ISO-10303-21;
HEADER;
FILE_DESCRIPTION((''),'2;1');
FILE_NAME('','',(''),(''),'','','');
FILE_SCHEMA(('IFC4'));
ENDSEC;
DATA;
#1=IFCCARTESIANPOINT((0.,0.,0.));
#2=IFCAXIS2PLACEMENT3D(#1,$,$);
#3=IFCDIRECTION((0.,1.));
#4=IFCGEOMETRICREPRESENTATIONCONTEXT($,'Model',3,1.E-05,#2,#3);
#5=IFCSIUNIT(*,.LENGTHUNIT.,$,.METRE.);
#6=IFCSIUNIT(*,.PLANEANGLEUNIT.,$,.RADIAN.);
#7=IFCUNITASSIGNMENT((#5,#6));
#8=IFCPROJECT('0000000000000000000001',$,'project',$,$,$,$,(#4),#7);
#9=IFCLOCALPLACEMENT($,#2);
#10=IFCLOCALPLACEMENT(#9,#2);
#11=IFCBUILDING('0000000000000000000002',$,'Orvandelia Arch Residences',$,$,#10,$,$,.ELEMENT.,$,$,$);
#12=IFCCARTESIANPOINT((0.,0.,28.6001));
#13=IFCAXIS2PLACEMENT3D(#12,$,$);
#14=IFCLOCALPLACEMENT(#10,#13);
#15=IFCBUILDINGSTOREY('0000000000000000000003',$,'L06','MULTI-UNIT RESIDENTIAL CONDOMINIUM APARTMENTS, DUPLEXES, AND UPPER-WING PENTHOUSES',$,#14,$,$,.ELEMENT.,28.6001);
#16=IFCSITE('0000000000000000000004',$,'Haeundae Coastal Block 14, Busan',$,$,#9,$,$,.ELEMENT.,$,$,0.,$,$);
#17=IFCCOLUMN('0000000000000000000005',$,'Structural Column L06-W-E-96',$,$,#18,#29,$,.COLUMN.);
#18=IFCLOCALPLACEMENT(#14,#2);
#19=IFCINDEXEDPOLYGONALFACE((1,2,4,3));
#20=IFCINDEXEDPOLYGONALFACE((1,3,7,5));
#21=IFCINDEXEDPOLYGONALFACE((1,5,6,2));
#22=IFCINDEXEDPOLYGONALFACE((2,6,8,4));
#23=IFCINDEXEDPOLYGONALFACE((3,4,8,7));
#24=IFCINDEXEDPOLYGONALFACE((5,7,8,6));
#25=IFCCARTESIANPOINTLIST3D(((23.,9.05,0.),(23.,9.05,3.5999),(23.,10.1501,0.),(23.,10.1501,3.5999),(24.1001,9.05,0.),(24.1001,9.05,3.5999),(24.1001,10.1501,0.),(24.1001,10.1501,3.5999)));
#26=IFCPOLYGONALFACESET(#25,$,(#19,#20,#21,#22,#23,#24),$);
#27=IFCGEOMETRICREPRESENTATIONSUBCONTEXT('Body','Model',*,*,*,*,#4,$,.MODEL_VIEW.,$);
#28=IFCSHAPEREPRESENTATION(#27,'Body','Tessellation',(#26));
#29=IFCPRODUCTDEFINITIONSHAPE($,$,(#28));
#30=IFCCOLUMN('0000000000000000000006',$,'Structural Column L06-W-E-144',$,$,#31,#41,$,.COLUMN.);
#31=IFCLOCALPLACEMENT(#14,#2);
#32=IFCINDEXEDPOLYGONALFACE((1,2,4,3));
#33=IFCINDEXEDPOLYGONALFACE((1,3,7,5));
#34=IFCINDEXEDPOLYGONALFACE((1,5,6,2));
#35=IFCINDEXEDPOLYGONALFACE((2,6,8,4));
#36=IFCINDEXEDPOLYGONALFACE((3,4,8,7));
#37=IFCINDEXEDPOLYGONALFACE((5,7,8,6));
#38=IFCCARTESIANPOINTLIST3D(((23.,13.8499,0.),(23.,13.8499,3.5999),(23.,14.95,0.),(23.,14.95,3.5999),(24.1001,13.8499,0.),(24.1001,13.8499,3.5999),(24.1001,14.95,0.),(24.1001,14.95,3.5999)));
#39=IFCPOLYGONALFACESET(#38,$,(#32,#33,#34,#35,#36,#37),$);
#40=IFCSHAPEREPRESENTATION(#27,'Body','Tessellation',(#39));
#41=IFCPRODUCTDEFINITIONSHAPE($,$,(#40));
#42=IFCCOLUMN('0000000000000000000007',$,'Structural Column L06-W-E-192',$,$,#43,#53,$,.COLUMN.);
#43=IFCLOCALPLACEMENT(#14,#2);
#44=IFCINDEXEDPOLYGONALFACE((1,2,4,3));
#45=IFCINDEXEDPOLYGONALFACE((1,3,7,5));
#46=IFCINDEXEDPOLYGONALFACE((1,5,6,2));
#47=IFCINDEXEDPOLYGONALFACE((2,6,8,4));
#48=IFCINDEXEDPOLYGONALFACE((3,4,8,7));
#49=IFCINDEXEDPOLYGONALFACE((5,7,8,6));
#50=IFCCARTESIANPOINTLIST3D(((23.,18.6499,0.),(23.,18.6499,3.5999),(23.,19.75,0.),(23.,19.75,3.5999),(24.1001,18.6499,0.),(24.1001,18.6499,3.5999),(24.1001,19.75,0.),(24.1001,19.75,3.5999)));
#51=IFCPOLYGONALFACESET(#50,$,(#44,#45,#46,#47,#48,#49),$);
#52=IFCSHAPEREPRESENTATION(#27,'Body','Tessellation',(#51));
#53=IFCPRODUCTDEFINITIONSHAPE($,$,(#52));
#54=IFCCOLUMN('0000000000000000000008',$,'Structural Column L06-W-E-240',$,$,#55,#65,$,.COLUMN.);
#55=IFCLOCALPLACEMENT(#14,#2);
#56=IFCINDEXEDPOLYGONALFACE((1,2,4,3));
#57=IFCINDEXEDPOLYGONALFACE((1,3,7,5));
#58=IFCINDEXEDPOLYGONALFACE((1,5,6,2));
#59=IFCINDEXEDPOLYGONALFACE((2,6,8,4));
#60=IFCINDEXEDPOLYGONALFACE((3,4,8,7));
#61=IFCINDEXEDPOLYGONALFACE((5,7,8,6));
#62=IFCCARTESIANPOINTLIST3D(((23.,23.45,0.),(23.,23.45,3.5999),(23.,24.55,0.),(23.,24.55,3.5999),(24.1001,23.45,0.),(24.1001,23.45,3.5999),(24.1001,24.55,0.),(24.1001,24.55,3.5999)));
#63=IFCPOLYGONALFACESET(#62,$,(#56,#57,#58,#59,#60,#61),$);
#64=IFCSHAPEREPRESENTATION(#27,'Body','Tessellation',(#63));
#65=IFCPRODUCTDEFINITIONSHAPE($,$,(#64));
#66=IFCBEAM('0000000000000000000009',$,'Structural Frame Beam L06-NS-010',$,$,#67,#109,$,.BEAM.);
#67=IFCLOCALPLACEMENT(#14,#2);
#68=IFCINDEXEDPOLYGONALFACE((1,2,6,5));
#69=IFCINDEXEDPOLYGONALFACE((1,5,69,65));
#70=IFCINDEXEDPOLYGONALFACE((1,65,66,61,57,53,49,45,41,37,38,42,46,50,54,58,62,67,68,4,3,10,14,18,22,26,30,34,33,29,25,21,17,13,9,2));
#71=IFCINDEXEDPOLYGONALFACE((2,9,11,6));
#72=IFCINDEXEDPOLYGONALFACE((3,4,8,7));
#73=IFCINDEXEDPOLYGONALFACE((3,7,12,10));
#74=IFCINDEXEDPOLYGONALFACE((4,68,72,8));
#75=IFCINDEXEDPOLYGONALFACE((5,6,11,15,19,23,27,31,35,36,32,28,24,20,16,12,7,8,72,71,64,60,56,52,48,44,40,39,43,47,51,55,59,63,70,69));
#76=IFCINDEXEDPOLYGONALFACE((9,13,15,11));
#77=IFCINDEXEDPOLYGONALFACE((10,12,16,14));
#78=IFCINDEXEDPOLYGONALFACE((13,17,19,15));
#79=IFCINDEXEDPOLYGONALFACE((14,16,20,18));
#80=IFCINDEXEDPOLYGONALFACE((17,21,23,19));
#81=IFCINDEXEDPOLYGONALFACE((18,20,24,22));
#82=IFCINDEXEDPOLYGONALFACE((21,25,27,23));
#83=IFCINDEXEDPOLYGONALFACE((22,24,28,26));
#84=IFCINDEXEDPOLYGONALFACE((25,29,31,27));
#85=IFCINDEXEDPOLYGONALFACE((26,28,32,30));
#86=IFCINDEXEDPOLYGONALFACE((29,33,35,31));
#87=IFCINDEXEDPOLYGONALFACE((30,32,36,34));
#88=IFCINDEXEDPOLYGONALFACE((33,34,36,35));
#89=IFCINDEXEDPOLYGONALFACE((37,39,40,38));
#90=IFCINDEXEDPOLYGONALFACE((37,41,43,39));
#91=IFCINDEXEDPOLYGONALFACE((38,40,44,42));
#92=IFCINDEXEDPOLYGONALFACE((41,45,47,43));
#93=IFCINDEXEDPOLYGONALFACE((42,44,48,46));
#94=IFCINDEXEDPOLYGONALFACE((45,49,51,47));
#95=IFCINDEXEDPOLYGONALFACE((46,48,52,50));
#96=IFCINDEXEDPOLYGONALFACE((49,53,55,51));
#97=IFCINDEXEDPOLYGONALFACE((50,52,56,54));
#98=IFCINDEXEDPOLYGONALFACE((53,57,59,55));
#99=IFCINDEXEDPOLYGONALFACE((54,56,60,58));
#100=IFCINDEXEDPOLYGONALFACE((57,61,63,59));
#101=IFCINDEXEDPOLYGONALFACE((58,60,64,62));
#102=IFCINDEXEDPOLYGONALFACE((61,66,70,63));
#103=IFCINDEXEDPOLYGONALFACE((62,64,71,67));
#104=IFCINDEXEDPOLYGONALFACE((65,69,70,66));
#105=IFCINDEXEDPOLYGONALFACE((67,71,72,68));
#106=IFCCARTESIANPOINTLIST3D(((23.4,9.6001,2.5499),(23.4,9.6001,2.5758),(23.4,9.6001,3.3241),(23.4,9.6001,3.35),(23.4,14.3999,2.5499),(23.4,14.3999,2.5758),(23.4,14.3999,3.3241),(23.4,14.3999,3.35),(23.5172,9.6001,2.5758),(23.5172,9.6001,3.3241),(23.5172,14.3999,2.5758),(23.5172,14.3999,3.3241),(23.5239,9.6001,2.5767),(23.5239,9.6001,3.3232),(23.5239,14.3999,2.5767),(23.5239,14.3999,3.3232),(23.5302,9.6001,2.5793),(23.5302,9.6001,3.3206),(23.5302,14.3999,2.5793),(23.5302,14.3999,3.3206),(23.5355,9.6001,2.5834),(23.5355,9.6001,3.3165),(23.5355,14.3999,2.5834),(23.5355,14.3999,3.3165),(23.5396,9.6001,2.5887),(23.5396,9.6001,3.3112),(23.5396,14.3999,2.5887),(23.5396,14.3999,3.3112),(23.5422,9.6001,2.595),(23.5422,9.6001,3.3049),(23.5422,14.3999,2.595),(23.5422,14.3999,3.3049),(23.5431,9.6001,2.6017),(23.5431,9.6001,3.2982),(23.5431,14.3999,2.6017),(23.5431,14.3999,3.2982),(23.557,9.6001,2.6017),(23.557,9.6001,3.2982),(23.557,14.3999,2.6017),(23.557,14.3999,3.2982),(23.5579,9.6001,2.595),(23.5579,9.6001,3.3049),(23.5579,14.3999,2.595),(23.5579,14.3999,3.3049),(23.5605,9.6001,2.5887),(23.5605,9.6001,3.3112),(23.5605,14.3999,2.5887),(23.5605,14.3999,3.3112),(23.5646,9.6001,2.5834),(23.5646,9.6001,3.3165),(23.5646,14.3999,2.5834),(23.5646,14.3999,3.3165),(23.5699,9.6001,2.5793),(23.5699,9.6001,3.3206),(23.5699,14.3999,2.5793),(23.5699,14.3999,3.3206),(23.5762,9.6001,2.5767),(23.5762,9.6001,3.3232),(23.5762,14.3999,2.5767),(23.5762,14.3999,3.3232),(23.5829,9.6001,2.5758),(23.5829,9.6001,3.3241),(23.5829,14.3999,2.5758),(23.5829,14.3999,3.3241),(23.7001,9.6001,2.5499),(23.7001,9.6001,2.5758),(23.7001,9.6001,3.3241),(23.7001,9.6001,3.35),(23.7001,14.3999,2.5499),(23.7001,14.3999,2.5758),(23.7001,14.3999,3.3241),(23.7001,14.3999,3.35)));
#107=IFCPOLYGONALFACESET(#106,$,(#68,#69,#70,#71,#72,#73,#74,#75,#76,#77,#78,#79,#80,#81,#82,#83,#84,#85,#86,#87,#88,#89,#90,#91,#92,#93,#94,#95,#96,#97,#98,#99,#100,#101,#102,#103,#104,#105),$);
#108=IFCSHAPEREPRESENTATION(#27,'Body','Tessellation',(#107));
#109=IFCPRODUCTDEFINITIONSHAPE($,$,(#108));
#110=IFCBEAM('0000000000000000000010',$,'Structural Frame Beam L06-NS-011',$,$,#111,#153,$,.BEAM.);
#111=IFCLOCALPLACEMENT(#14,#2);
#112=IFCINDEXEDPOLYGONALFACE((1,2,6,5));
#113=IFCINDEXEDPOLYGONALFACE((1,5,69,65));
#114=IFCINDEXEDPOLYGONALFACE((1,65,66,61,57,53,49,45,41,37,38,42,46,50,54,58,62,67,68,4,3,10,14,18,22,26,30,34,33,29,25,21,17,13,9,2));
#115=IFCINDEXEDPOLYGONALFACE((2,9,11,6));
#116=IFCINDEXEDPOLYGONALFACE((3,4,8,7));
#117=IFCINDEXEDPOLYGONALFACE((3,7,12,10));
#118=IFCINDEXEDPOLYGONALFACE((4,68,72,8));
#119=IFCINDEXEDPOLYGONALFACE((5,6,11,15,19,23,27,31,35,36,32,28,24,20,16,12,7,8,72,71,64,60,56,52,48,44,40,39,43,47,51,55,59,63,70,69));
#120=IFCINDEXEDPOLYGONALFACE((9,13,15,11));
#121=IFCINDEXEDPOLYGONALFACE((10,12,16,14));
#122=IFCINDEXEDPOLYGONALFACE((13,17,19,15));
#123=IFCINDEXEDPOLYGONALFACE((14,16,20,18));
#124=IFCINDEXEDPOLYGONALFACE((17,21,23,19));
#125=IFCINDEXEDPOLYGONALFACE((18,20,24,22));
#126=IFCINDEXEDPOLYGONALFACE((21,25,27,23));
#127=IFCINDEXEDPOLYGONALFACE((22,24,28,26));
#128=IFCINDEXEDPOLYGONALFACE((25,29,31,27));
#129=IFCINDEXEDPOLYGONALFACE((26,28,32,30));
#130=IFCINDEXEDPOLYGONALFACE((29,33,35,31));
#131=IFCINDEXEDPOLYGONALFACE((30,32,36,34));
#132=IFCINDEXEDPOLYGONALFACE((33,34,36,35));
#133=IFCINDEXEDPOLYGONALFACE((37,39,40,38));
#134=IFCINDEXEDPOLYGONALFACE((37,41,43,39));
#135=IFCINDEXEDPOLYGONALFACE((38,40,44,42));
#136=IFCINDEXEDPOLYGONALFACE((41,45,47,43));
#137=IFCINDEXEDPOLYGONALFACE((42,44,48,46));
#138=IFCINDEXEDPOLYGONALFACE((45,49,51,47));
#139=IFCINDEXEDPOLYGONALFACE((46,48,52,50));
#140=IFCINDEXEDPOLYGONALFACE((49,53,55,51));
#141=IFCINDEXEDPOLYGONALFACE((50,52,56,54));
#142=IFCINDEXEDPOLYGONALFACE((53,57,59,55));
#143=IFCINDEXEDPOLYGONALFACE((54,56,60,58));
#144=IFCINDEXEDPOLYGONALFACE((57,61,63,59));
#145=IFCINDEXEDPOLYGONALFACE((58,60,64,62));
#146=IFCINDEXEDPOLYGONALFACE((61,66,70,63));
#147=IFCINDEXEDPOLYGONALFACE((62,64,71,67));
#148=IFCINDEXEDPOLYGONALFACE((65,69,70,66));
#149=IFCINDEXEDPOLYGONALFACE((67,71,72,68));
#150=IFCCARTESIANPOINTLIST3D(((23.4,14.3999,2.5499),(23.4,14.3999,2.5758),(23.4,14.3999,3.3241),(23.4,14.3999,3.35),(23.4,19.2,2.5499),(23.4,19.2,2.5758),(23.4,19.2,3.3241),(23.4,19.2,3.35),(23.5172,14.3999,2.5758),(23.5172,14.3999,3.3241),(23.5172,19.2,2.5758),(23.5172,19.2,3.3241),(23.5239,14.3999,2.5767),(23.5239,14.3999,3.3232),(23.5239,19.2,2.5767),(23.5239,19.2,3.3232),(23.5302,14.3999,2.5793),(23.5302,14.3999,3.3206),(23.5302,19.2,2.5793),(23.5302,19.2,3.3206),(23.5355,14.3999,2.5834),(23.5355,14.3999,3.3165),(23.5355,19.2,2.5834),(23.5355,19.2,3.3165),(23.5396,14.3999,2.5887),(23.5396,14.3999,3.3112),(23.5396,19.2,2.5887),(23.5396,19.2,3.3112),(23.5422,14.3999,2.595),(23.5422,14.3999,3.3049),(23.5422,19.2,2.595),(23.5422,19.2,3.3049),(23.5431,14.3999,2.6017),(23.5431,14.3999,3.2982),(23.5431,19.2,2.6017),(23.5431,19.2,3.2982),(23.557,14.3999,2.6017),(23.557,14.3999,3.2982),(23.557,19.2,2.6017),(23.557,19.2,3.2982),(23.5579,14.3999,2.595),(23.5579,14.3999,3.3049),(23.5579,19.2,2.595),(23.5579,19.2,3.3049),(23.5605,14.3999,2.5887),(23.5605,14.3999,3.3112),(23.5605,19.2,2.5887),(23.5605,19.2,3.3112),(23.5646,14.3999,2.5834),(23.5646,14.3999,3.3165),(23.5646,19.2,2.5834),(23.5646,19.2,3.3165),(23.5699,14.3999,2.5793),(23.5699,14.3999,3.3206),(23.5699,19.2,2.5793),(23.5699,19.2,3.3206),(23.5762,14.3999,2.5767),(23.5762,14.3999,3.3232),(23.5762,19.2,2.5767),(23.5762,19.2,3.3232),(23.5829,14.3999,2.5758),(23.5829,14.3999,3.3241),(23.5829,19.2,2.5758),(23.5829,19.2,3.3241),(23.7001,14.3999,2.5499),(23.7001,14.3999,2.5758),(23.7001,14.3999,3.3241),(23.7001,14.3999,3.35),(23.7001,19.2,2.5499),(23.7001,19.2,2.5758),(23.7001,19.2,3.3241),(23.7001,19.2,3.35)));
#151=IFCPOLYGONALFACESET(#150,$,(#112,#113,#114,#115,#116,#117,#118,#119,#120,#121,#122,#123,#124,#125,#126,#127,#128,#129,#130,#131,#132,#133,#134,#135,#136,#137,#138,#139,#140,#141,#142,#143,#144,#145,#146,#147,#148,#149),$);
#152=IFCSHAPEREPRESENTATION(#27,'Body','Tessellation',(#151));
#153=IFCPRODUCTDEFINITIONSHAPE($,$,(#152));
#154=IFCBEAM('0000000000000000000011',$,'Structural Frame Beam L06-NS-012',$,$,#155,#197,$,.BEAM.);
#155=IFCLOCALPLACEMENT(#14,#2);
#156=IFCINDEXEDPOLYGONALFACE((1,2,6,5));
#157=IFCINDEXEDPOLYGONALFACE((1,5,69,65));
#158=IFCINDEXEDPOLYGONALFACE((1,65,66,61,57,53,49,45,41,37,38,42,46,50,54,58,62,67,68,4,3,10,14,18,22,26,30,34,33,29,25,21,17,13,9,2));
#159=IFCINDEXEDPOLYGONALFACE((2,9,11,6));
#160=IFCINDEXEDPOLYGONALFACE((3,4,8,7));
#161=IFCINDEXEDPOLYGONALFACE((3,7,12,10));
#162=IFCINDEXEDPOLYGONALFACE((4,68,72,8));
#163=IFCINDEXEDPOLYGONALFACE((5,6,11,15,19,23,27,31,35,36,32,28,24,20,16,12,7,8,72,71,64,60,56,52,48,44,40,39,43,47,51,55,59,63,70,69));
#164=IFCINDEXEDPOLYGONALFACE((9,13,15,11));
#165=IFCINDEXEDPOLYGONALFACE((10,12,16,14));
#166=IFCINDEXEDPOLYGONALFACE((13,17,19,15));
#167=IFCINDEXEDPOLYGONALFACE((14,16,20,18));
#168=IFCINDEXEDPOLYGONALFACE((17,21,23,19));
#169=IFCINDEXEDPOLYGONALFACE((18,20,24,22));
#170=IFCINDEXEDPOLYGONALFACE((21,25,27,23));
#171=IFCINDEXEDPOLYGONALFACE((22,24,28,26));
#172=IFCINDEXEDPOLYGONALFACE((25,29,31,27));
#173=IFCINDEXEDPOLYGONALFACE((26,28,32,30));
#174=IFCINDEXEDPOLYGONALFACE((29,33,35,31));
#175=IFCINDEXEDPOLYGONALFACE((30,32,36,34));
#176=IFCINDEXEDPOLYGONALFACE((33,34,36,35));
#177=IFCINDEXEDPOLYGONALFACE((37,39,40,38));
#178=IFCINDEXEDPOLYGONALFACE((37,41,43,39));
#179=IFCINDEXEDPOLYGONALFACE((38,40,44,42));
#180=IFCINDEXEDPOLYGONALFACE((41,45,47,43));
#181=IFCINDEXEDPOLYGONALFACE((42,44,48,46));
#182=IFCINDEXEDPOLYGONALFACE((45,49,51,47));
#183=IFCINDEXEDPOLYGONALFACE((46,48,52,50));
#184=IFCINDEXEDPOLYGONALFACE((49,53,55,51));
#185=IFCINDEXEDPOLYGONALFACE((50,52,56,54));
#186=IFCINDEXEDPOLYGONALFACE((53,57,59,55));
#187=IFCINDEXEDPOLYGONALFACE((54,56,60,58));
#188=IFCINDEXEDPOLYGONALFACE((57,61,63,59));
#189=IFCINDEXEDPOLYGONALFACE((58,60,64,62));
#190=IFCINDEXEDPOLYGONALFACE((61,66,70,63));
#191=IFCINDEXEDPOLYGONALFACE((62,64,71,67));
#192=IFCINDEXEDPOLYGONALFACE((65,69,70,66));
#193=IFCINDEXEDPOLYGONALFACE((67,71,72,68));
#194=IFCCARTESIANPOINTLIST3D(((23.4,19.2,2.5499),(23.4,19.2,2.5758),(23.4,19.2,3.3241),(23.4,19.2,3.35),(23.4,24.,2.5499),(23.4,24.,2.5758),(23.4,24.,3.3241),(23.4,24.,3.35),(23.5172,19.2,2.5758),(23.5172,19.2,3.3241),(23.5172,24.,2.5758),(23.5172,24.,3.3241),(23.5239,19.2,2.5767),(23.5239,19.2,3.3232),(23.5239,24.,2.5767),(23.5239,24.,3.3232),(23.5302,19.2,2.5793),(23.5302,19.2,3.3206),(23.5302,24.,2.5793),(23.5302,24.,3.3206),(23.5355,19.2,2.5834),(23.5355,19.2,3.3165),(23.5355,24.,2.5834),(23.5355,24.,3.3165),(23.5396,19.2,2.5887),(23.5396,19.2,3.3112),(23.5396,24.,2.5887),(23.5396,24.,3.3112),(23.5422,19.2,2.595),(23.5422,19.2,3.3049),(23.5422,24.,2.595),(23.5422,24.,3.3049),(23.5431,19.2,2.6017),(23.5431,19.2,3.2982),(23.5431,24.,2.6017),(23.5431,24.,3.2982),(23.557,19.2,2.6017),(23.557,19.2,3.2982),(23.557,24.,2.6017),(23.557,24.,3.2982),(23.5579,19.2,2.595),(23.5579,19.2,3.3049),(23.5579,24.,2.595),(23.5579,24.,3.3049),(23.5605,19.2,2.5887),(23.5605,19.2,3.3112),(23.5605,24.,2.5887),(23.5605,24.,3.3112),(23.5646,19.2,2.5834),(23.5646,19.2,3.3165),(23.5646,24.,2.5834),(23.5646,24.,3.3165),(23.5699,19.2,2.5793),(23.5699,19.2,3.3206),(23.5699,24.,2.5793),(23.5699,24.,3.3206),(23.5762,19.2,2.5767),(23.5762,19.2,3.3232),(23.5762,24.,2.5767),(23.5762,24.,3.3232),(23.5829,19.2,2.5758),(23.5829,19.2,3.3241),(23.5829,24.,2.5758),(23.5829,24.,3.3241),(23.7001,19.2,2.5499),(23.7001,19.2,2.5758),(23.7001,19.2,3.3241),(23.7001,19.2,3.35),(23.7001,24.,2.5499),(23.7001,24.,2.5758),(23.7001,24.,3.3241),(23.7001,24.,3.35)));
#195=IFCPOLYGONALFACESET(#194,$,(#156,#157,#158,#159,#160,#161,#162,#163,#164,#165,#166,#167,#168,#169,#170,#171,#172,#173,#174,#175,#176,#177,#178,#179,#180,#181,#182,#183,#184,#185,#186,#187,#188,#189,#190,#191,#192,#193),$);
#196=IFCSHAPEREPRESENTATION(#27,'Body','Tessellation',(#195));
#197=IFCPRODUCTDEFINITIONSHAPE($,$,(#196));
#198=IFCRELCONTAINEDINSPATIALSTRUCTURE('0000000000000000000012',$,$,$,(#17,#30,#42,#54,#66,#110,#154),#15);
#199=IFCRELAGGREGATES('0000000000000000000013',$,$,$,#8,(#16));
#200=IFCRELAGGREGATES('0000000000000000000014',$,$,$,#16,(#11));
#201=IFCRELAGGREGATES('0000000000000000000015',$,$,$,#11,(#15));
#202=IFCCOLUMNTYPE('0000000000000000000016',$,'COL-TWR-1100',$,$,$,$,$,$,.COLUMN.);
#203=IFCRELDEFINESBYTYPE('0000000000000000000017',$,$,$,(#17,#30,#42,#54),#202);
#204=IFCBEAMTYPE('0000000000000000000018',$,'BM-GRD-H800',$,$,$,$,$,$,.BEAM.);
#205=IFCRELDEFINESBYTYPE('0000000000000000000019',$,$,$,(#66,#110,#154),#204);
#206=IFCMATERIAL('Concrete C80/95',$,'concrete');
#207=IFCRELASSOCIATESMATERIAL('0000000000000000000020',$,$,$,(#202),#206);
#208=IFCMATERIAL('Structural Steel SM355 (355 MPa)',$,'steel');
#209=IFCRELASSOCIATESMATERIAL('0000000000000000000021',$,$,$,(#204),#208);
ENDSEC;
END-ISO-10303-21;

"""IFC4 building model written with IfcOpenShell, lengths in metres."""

from ifc_helpers import new_model, si_unit, direction, frame, origin, origin_2d, place, context, subcontext, project, spatial, rectangle, i_section, extrude, material, material_profile, profile_set, type_object, element, save


model = new_model("IFC4")

# Units and contexts
model_context = context("Model", 3, precision=1e-05, world=origin(), true_north=direction((0.0, 1.0)))
body_context = subcontext(model_context, "Body", "Model", "MODEL_VIEW")
ifc_project = project(units=[si_unit("LENGTHUNIT", "METRE"), si_unit("PLANEANGLEUNIT", "RADIAN")], contexts=[model_context])

# Site, building, storey
site_placement = place(None, origin())
site = spatial("IfcSite", under=ifc_project, at=site_placement, Name="Haeundae Coastal Block 14, Busan", CompositionType="ELEMENT", RefElevation=0.0)
building_placement = place(site_placement, origin())
building = spatial("IfcBuilding", under=site, at=building_placement, Name="Orvandelia Arch Residences", CompositionType="ELEMENT")
storey_placement = place(building_placement, frame((0.0, 0.0, 28.6001)))
storey = spatial("IfcBuildingStorey", under=building, at=storey_placement, Name="L06", Description="MULTI-UNIT RESIDENTIAL CONDOMINIUM APARTMENTS, DUPLEXES, AND UPPER-WING PENTHOUSES", CompositionType="ELEMENT", Elevation=28.6001)

# Columns
ifc_material_1 = material(Name="Concrete C80/95", Category="concrete")
ifc_material_profile_1 = material_profile(ifc_material_1, rectangle(XDim=1.1001, YDim=1.1001, at=origin_2d()), Name="Concrete C80/95", Category="concrete")
ifc_profile_set_1 = profile_set([ifc_material_profile_1], Name="Concrete C80/95")
column_type = type_object("IfcColumnType", Name="COL-TWR-1100", PredefinedType="COLUMN", material=ifc_profile_set_1)
for number, where, z_axis, x_axis, name in (
    (1, (23.55, 9.6001, 0.0), (0.0, 0.0, 1.0), (1.0, 0.0, 0.0), "Structural Column L06-W-E-96"),
    (2, (23.55, 14.3999, 0.0), (0.0, 0.0, 1.0), (1.0, 0.0, 0.0), "Structural Column L06-W-E-144"),
    (3, (23.55, 19.2, 0.0), (0.0, 0.0, 1.0), (1.0, 0.0, 0.0), "Structural Column L06-W-E-192"),
    (4, (23.55, 24.0, 0.0), (0.0, 0.0, 1.0), (1.0, 0.0, 0.0), "Structural Column L06-W-E-240"),
):
    element("IfcColumn", number, at=place(storey_placement, frame(where, z_axis=z_axis, x_axis=x_axis)), inside=storey, type_object=column_type, Name=name, PredefinedType="COLUMN", context=body_context, shape_type="SweptSolid", body=[
        extrude(rectangle(XDim=1.1001, YDim=1.1001, at=origin_2d()), origin(), (0.0, 0.0, 1.0), 3.5999),
    ])

# Beams
ifc_material_2 = material(Name="Structural Steel SM355 (355 MPa)", Category="steel")
ifc_material_profile_2 = material_profile(ifc_material_2, i_section(OverallWidth=0.3, OverallDepth=0.8, WebThickness=0.0139, FlangeThickness=0.0259, FilletRadius=0.0259, at=origin_2d()), Name="Structural Steel SM355 (355 MPa)", Category="steel")
ifc_profile_set_2 = profile_set([ifc_material_profile_2], Name="Structural Steel SM355 (355 MPa)")
beam_type = type_object("IfcBeamType", Name="BM-GRD-H800", PredefinedType="BEAM", material=ifc_profile_set_2)
beam_1_placement = place(storey_placement, frame((23.55, 9.6001, 2.95), z_axis=(0.0, 1.0, 0.0), x_axis=(-1.0, 0.0, 0.0)))
element("IfcBeam", 5, at=beam_1_placement, inside=storey, type_object=beam_type, Name="Structural Frame Beam L06-NS-010", PredefinedType="BEAM", context=body_context, shape_type="SweptSolid", body=[
    extrude(i_section(OverallWidth=0.3, OverallDepth=0.8, WebThickness=0.0139, FlangeThickness=0.0259, FilletRadius=0.0259, at=origin_2d()), origin(), (0.0, 0.0, 1.0), 4.7998),
])
for number, where, z_axis, x_axis, name in (
    (6, (23.55, 14.3999, 2.95), (0.0, 1.0, 0.0), (-1.0, 0.0, 0.0), "Structural Frame Beam L06-NS-011"),
    (7, (23.55, 19.2, 2.95), (0.0, 1.0, 0.0), (-1.0, 0.0, 0.0), "Structural Frame Beam L06-NS-012"),
):
    element("IfcBeam", number, at=place(storey_placement, frame(where, z_axis=z_axis, x_axis=x_axis)), inside=storey, type_object=beam_type, Name=name, PredefinedType="BEAM", context=body_context, shape_type="SweptSolid", body=[
        extrude(i_section(OverallWidth=0.3, OverallDepth=0.8, WebThickness=0.0139, FlangeThickness=0.0259, FilletRadius=0.0259, at=origin_2d()), origin(), (0.0, 0.0, 1.0), 4.8),
    ])

save(model, "model.ifc")
